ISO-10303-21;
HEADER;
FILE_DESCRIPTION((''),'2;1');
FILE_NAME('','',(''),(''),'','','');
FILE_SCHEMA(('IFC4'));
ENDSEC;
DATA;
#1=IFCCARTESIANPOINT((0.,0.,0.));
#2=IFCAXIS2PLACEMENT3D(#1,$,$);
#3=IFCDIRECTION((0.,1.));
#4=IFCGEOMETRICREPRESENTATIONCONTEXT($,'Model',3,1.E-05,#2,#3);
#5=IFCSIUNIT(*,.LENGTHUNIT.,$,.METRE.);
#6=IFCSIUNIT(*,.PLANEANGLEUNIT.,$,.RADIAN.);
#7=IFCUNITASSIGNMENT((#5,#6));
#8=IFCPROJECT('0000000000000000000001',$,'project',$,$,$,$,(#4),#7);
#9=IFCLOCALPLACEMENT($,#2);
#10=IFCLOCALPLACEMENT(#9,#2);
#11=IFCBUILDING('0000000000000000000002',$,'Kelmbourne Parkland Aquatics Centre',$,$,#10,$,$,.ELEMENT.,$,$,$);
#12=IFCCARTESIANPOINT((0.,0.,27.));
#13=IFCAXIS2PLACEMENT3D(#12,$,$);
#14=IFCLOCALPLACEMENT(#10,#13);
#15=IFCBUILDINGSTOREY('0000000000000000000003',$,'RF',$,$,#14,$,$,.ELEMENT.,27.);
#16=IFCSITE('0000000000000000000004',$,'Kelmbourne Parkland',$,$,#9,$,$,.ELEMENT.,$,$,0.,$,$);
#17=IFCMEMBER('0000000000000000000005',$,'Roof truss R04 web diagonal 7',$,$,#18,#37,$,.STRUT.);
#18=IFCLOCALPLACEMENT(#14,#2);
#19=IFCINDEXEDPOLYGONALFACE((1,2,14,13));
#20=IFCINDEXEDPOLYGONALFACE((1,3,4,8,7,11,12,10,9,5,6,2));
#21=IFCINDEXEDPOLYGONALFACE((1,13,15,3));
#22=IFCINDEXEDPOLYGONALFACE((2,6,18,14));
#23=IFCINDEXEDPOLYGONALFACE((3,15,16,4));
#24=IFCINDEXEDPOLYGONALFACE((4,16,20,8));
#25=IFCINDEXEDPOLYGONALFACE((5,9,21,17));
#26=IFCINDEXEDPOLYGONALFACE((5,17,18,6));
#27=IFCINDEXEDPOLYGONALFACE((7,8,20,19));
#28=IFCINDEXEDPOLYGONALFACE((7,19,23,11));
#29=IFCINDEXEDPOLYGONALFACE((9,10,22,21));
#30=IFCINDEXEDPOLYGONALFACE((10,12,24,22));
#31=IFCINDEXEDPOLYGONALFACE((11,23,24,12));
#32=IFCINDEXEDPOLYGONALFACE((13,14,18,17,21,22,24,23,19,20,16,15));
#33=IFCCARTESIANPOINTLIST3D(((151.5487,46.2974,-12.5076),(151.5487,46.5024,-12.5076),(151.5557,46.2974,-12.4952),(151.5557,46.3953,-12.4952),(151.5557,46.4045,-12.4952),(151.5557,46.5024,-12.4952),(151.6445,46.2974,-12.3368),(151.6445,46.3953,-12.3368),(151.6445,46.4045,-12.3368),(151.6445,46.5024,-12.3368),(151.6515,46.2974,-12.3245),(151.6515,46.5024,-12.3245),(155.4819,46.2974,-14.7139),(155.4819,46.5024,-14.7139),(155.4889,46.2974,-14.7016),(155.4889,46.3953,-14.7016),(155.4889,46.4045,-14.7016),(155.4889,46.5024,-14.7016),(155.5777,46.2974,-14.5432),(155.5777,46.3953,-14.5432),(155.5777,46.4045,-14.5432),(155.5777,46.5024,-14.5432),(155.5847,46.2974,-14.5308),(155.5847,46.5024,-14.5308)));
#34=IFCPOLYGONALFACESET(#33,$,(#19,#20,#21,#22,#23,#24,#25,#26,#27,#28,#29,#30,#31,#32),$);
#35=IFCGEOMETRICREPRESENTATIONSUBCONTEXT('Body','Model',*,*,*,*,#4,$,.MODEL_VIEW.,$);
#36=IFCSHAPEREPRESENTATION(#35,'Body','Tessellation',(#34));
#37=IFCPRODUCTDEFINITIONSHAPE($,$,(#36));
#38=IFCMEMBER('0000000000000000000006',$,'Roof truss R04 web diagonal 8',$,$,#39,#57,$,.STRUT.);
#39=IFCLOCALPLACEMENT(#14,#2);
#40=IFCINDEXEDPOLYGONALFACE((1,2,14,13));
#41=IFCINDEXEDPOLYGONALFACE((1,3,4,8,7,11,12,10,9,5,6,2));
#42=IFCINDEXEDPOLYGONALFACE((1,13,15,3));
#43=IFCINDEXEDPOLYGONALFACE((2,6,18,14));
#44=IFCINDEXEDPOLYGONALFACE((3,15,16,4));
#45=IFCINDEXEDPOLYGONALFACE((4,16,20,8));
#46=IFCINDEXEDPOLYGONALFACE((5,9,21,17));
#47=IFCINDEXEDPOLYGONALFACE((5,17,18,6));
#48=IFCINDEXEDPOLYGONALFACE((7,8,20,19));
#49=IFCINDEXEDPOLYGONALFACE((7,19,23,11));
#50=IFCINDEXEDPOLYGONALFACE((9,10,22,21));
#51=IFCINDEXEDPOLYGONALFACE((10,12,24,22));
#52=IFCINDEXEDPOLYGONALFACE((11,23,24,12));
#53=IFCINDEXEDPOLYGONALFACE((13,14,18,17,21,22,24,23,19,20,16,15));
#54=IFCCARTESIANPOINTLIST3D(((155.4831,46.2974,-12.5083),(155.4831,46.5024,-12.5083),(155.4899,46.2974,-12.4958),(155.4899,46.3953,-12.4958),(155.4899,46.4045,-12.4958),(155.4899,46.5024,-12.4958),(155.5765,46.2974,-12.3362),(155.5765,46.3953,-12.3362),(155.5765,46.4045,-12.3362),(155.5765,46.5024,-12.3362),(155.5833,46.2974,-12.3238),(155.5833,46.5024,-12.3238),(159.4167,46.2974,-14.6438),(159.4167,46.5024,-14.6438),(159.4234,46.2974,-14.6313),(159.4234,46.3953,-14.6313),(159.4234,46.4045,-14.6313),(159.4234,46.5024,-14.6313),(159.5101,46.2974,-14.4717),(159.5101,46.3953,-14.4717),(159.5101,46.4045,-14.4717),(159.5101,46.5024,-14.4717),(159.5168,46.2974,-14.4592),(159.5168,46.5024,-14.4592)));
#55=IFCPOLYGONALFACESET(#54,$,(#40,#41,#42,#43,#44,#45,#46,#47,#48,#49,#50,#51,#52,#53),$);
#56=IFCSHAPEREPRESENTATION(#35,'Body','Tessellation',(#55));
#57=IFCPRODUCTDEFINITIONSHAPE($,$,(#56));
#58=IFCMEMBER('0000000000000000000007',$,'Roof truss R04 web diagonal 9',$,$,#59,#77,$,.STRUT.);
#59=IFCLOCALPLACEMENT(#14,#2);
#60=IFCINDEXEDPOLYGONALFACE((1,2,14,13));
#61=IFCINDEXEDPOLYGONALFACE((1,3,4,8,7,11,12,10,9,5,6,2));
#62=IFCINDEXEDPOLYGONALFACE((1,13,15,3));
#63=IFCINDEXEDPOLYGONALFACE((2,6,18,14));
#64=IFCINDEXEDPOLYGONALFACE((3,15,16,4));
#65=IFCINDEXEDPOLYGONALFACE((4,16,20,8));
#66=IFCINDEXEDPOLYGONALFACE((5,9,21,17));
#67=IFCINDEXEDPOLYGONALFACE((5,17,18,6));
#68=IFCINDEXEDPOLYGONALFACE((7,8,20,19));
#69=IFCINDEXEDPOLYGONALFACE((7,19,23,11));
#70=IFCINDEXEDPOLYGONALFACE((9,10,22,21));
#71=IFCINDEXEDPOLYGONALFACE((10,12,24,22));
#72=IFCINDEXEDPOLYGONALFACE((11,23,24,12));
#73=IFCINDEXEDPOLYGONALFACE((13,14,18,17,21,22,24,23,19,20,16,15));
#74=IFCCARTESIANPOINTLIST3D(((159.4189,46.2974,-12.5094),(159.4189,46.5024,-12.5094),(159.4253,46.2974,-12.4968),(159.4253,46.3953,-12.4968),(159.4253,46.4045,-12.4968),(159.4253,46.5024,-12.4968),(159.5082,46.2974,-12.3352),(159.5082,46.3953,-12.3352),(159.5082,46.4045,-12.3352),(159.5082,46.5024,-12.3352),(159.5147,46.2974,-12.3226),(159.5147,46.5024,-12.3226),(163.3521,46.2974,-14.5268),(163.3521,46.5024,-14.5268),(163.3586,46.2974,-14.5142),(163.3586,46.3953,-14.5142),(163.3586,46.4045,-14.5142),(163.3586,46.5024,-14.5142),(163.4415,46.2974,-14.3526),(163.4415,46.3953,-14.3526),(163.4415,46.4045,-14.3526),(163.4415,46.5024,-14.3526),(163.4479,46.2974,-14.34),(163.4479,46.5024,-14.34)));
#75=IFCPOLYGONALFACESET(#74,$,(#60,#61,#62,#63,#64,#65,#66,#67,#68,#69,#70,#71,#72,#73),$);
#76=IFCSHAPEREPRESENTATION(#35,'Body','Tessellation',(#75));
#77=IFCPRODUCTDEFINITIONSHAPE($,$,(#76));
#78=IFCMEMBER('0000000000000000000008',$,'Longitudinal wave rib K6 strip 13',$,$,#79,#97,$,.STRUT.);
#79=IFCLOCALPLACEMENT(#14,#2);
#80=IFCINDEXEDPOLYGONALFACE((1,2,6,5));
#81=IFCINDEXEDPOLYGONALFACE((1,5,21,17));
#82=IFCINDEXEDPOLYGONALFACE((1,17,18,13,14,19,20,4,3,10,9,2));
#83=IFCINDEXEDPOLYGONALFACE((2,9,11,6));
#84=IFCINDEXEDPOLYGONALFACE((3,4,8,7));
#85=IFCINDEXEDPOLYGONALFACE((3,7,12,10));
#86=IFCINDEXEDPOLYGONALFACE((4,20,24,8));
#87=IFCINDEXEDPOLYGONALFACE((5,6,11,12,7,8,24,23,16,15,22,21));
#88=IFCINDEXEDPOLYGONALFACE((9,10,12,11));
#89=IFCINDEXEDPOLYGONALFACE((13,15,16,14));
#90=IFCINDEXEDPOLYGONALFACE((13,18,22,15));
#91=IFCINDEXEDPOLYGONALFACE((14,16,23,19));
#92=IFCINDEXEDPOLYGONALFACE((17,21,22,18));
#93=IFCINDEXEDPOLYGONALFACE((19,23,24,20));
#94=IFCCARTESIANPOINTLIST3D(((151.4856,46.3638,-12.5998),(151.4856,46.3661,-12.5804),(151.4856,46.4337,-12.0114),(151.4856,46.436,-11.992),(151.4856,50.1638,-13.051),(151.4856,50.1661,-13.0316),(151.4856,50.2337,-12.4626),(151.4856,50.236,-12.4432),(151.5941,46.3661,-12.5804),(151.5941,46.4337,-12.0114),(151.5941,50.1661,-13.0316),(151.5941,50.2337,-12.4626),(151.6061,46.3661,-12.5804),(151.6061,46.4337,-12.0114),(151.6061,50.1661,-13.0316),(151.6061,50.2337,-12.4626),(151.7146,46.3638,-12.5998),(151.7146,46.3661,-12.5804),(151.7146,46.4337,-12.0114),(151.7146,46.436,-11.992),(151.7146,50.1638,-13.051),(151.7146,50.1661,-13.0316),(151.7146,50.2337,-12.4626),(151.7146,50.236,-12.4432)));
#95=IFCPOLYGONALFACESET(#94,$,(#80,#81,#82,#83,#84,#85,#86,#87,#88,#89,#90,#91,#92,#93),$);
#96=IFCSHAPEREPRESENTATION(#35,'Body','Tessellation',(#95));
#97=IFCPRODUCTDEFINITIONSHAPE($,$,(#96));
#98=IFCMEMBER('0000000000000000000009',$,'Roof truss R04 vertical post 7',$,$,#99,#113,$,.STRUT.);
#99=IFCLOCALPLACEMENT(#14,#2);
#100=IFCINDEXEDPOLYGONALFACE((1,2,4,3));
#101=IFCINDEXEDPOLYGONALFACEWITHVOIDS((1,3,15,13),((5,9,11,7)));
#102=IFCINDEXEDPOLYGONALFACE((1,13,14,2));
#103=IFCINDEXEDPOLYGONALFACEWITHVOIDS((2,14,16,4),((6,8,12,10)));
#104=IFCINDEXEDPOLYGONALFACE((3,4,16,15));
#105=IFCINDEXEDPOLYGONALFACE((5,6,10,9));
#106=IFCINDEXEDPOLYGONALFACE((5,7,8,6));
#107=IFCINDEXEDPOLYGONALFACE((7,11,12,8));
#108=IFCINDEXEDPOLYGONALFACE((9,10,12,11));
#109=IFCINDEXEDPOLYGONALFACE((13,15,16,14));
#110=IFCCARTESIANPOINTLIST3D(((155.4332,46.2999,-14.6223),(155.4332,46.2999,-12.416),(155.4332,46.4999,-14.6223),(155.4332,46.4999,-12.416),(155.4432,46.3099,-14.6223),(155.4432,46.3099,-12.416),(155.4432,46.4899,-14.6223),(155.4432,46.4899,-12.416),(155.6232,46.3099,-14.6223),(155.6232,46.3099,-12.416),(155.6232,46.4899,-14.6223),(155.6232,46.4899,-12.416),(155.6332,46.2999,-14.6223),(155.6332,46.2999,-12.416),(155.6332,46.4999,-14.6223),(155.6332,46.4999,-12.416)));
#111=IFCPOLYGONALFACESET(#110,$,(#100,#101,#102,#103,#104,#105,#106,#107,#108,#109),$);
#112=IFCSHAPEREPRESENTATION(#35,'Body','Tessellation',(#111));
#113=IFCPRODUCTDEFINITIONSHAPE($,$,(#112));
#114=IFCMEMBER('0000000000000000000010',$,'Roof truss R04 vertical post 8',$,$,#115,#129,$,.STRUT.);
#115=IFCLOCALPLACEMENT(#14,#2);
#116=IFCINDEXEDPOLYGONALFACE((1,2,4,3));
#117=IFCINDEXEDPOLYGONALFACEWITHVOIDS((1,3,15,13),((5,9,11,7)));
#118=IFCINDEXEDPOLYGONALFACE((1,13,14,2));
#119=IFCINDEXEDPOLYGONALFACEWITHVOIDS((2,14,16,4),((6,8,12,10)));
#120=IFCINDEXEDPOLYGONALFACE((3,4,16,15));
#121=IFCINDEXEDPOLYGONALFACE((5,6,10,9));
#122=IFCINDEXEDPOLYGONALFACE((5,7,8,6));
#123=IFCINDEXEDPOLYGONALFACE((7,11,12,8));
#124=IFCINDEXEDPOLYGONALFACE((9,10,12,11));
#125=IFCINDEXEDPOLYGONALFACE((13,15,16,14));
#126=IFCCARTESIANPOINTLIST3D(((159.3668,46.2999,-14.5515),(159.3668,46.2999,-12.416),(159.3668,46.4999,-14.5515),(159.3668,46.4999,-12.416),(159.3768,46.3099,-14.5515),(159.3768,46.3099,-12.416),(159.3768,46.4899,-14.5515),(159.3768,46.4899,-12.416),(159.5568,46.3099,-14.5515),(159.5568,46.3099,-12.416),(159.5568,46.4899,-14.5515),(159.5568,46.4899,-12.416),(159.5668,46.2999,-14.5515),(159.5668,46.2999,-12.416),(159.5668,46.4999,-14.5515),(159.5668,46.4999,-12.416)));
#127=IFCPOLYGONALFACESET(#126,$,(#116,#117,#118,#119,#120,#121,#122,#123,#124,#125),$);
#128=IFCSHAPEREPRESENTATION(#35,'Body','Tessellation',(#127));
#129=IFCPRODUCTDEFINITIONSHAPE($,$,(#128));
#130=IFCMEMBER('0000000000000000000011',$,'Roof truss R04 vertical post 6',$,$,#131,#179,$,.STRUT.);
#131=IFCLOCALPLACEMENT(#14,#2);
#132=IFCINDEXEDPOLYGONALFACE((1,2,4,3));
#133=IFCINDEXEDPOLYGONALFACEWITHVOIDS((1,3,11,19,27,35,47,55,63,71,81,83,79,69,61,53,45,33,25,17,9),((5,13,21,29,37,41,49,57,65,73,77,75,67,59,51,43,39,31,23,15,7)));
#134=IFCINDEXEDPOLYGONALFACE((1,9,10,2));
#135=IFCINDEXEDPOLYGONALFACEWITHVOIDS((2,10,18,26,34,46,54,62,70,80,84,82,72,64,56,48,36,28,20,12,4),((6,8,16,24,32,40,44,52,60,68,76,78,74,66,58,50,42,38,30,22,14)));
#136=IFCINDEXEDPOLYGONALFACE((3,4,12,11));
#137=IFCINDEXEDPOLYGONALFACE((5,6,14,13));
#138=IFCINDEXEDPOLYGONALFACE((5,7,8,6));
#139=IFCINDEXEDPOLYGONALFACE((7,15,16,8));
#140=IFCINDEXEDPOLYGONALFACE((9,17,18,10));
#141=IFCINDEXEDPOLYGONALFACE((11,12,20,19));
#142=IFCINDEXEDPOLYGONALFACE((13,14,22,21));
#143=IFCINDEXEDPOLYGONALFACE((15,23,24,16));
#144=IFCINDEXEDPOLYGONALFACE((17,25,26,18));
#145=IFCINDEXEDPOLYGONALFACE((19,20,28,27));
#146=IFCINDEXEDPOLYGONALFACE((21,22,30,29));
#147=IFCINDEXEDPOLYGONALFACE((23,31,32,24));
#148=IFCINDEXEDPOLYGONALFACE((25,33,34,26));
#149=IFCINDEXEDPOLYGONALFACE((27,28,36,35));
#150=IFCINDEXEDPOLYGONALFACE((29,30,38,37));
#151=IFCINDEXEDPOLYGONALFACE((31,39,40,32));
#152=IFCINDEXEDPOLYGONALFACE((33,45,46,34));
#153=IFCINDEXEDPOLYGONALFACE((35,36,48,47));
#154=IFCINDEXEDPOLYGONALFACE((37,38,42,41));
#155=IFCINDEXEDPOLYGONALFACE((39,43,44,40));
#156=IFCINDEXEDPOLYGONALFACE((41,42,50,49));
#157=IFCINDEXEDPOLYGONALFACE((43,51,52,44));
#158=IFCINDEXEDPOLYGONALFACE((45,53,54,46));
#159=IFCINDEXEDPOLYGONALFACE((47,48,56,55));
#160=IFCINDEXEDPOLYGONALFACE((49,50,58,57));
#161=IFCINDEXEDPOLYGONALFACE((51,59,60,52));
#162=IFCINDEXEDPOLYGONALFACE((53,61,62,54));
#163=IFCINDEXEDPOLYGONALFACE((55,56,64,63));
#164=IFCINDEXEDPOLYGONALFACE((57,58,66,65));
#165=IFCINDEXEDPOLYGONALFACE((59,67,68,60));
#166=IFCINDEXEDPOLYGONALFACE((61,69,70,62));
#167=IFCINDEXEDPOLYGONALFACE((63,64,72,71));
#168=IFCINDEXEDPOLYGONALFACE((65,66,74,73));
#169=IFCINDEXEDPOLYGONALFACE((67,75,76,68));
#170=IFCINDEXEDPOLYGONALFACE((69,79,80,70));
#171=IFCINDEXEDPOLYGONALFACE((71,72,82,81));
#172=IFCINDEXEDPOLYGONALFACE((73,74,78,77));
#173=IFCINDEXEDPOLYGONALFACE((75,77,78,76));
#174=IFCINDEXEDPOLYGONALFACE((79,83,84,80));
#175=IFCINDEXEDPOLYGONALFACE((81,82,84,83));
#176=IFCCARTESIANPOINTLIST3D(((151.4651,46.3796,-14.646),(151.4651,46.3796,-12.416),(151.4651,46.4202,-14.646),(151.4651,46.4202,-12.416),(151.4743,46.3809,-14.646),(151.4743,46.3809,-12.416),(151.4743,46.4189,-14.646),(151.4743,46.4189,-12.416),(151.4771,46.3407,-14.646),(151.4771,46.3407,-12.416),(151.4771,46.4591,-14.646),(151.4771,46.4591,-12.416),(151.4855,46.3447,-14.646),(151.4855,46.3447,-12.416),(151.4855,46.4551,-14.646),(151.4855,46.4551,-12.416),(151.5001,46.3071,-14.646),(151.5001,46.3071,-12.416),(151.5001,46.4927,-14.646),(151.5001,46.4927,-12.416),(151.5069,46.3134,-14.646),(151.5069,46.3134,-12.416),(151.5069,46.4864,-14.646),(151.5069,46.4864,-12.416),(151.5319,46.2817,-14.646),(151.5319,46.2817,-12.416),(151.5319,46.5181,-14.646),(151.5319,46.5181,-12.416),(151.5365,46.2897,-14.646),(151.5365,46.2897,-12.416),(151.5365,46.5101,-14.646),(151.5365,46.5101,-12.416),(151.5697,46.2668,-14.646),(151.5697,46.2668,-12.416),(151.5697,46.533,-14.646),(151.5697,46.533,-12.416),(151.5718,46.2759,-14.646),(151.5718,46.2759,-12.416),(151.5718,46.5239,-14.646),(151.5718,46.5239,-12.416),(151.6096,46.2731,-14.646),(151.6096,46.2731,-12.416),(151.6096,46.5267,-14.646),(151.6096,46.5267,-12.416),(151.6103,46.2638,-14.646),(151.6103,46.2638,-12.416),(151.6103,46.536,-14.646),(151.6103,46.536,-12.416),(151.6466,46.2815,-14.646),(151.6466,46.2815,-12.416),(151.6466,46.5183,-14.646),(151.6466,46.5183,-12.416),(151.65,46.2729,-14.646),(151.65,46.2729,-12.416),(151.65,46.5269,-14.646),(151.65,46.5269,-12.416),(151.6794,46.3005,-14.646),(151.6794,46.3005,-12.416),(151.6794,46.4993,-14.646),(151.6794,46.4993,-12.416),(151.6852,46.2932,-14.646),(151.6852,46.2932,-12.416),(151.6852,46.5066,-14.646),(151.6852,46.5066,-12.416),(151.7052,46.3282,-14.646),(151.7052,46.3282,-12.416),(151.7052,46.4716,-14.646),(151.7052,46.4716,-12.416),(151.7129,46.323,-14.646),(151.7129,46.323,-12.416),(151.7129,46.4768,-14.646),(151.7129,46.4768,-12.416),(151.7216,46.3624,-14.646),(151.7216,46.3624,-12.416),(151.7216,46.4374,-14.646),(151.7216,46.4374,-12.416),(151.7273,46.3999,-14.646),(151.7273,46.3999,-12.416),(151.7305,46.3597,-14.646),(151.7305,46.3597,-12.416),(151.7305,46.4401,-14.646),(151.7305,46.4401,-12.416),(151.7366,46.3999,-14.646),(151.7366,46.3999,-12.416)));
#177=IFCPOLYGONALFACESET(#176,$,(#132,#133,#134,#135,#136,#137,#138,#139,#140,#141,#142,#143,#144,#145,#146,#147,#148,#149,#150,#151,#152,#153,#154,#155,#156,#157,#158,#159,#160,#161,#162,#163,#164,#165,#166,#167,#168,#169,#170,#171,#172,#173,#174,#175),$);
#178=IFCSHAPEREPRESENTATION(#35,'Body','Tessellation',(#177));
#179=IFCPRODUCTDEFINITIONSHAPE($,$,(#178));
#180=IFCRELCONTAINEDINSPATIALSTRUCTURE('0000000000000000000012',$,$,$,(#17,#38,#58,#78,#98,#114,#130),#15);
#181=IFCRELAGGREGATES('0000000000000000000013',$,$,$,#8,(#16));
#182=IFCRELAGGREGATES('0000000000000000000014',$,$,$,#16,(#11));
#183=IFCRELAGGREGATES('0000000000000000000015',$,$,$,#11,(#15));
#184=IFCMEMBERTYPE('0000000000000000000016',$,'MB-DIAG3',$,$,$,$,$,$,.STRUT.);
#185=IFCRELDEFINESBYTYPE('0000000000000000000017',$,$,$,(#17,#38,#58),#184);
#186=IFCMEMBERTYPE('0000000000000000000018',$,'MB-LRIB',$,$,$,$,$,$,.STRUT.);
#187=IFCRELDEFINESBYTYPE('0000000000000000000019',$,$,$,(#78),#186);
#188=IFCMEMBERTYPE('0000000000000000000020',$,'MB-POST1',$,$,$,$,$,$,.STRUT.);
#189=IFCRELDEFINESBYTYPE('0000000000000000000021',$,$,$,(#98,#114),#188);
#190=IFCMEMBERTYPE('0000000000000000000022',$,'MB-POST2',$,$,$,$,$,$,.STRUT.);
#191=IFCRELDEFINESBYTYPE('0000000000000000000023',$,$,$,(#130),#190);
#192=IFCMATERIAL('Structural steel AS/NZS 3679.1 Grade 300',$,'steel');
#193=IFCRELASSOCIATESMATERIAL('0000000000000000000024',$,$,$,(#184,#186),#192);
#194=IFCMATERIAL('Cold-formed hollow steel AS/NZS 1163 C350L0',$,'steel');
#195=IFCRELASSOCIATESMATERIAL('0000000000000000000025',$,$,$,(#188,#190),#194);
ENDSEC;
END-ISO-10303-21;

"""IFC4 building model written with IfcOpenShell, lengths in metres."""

from ifc_helpers import new_model, si_unit, direction, frame, origin, origin_2d, place, context, subcontext, project, spatial, hollow_rectangle, hollow_circle, i_section, extrude, material, material_profile, profile_set, type_object, element, save


model = new_model("IFC4")

# Units and contexts
model_context = context("Model", 3, precision=1e-05, world=origin(), true_north=direction((0.0, 1.0)))
body_context = subcontext(model_context, "Body", "Model", "MODEL_VIEW")
ifc_project = project(units=[si_unit("LENGTHUNIT", "METRE"), si_unit("PLANEANGLEUNIT", "RADIAN")], contexts=[model_context])

# Site, building, storey
site_placement = place(None, origin())
site = spatial("IfcSite", under=ifc_project, at=site_placement, Name="Kelmbourne Parkland", CompositionType="ELEMENT", RefElevation=0.0)
building_placement = place(site_placement, origin())
building = spatial("IfcBuilding", under=site, at=building_placement, Name="Kelmbourne Parkland Aquatics Centre", CompositionType="ELEMENT")
storey_placement = place(building_placement, frame((0.0, 0.0, 27.0)))
storey = spatial("IfcBuildingStorey", under=building, at=storey_placement, Name="RF", CompositionType="ELEMENT", Elevation=27.0)

# Members
ifc_material_1 = material(Name="Structural steel AS/NZS 3679.1 Grade 300", Category="steel")
ifc_material_profile_1 = material_profile(ifc_material_1, i_section(OverallWidth=0.2051, OverallDepth=0.21, WebThickness=0.0093, FlangeThickness=0.0142, at=origin_2d()), Name="200UC59.5")
ifc_profile_set_1 = profile_set([ifc_material_profile_1], Name="Structural steel AS/NZS 3679.1 Grade 300")
member_type_1 = type_object("IfcMemberType", Name="MB-DIAG3", PredefinedType="STRUT", material=ifc_profile_set_1)
member_1_placement = place(storey_placement, frame((151.6001, 46.3999, -12.416), z_axis=(0.87215, 0.0, -0.489238), x_axis=(0.0, 1.0, 0.0)))
element("IfcMember", 1, at=member_1_placement, inside=storey, type_object=member_type_1, Name="Roof truss R04 web diagonal 7", PredefinedType="STRUT", context=body_context, shape_type="SweptSolid", body=[
    extrude(i_section(OverallWidth=0.2051, OverallDepth=0.21, WebThickness=0.0093, FlangeThickness=0.0142, at=origin_2d()), origin(), (0.0, 0.0, 1.0), 4.5098),
])
member_2_placement = place(storey_placement, frame((155.5332, 46.3999, -12.416), z_axis=(0.878842, 0.0, -0.477112), x_axis=(0.0, 1.0, 0.0)))
element("IfcMember", 2, at=member_2_placement, inside=storey, type_object=member_type_1, Name="Roof truss R04 web diagonal 8", PredefinedType="STRUT", context=body_context, shape_type="SweptSolid", body=[
    extrude(i_section(OverallWidth=0.2051, OverallDepth=0.21, WebThickness=0.0093, FlangeThickness=0.0142, at=origin_2d()), origin(), (0.0, 0.0, 1.0), 4.4758),
])
member_3_placement = place(storey_placement, frame((159.4668, 46.3999, -12.416), z_axis=(0.889785, 0.0, -0.456381), x_axis=(0.0, 1.0, 0.0)))
element("IfcMember", 3, at=member_3_placement, inside=storey, type_object=member_type_1, Name="Roof truss R04 web diagonal 9", PredefinedType="STRUT", context=body_context, shape_type="SweptSolid", body=[
    extrude(i_section(OverallWidth=0.2051, OverallDepth=0.21, WebThickness=0.0093, FlangeThickness=0.0142, at=origin_2d()), origin(), (0.0, 0.0, 1.0), 4.4204),
])
ifc_material_profile_2 = material_profile(ifc_material_1, i_section(OverallWidth=0.229, OverallDepth=0.6121, WebThickness=0.012, FlangeThickness=0.0195, at=origin_2d()), Name="610UB125")
ifc_profile_set_2 = profile_set([ifc_material_profile_2], Name="Structural steel AS/NZS 3679.1 Grade 300")
member_type_2 = type_object("IfcMemberType", Name="MB-LRIB", PredefinedType="STRUT", material=ifc_profile_set_2)
member_4_placement = place(storey_placement, frame((151.6001, 46.3999, -12.2959), z_axis=(0.0, 0.993025, -0.1179), x_axis=(-1.0, 0.0, 0.0)))
element("IfcMember", 4, at=member_4_placement, inside=storey, type_object=member_type_2, Name="Longitudinal wave rib K6 strip 13", PredefinedType="STRUT", context=body_context, shape_type="SweptSolid", body=[
    extrude(i_section(OverallWidth=0.229, OverallDepth=0.6121, WebThickness=0.012, FlangeThickness=0.0195, at=origin_2d()), origin(), (0.0, 0.0, 1.0), 3.8267),
])
ifc_material_2 = material(Name="Cold-formed hollow steel AS/NZS 1163 C350L0", Category="steel")
ifc_material_profile_3 = material_profile(ifc_material_2, hollow_rectangle(XDim=0.2, YDim=0.2, WallThickness=0.01, at=origin_2d()), Name="SHS 200x200x10.0")
ifc_profile_set_3 = profile_set([ifc_material_profile_3], Name="Cold-formed hollow steel AS/NZS 1163 C350L0")
member_type_3 = type_object("IfcMemberType", Name="MB-POST1", PredefinedType="STRUT", material=ifc_profile_set_3)
member_5_placement = place(storey_placement, frame((155.5332, 46.3999, -14.6223), z_axis=(0.0, 0.0, 1.0), x_axis=(1.0, 0.0, 0.0)))
element("IfcMember", 5, at=member_5_placement, inside=storey, type_object=member_type_3, Name="Roof truss R04 vertical post 7", PredefinedType="STRUT", context=body_context, shape_type="SweptSolid", body=[
    extrude(hollow_rectangle(XDim=0.2, YDim=0.2, WallThickness=0.01, at=origin_2d()), origin(), (0.0, 0.0, 1.0), 2.2063),
])
member_6_placement = place(storey_placement, frame((159.4668, 46.3999, -14.5515), z_axis=(0.0, 0.0, 1.0), x_axis=(1.0, 0.0, 0.0)))
element("IfcMember", 6, at=member_6_placement, inside=storey, type_object=member_type_3, Name="Roof truss R04 vertical post 8", PredefinedType="STRUT", context=body_context, shape_type="SweptSolid", body=[
    extrude(hollow_rectangle(XDim=0.2, YDim=0.2, WallThickness=0.01, at=origin_2d()), origin(), (0.0, 0.0, 1.0), 2.1355),
])
ifc_material_profile_4 = material_profile(ifc_material_2, hollow_circle(Radius=0.1365, WallThickness=0.0093, at=origin_2d()), Name="CHS 273.1x9.3")
ifc_profile_set_4 = profile_set([ifc_material_profile_4], Name="Cold-formed hollow steel AS/NZS 1163 C350L0")
member_type_4 = type_object("IfcMemberType", Name="MB-POST2", PredefinedType="STRUT", material=ifc_profile_set_4)
member_7_placement = place(storey_placement, frame((151.6001, 46.3999, -14.646), z_axis=(0.0, 0.0, 1.0), x_axis=(1.0, 0.0, 0.0)))
element("IfcMember", 7, at=member_7_placement, inside=storey, type_object=member_type_4, Name="Roof truss R04 vertical post 6", PredefinedType="STRUT", context=body_context, shape_type="SweptSolid", body=[
    extrude(hollow_circle(Radius=0.1365, WallThickness=0.0093, at=origin_2d()), origin(), (0.0, 0.0, 1.0), 2.23),
])

save(model, "model.ifc")
